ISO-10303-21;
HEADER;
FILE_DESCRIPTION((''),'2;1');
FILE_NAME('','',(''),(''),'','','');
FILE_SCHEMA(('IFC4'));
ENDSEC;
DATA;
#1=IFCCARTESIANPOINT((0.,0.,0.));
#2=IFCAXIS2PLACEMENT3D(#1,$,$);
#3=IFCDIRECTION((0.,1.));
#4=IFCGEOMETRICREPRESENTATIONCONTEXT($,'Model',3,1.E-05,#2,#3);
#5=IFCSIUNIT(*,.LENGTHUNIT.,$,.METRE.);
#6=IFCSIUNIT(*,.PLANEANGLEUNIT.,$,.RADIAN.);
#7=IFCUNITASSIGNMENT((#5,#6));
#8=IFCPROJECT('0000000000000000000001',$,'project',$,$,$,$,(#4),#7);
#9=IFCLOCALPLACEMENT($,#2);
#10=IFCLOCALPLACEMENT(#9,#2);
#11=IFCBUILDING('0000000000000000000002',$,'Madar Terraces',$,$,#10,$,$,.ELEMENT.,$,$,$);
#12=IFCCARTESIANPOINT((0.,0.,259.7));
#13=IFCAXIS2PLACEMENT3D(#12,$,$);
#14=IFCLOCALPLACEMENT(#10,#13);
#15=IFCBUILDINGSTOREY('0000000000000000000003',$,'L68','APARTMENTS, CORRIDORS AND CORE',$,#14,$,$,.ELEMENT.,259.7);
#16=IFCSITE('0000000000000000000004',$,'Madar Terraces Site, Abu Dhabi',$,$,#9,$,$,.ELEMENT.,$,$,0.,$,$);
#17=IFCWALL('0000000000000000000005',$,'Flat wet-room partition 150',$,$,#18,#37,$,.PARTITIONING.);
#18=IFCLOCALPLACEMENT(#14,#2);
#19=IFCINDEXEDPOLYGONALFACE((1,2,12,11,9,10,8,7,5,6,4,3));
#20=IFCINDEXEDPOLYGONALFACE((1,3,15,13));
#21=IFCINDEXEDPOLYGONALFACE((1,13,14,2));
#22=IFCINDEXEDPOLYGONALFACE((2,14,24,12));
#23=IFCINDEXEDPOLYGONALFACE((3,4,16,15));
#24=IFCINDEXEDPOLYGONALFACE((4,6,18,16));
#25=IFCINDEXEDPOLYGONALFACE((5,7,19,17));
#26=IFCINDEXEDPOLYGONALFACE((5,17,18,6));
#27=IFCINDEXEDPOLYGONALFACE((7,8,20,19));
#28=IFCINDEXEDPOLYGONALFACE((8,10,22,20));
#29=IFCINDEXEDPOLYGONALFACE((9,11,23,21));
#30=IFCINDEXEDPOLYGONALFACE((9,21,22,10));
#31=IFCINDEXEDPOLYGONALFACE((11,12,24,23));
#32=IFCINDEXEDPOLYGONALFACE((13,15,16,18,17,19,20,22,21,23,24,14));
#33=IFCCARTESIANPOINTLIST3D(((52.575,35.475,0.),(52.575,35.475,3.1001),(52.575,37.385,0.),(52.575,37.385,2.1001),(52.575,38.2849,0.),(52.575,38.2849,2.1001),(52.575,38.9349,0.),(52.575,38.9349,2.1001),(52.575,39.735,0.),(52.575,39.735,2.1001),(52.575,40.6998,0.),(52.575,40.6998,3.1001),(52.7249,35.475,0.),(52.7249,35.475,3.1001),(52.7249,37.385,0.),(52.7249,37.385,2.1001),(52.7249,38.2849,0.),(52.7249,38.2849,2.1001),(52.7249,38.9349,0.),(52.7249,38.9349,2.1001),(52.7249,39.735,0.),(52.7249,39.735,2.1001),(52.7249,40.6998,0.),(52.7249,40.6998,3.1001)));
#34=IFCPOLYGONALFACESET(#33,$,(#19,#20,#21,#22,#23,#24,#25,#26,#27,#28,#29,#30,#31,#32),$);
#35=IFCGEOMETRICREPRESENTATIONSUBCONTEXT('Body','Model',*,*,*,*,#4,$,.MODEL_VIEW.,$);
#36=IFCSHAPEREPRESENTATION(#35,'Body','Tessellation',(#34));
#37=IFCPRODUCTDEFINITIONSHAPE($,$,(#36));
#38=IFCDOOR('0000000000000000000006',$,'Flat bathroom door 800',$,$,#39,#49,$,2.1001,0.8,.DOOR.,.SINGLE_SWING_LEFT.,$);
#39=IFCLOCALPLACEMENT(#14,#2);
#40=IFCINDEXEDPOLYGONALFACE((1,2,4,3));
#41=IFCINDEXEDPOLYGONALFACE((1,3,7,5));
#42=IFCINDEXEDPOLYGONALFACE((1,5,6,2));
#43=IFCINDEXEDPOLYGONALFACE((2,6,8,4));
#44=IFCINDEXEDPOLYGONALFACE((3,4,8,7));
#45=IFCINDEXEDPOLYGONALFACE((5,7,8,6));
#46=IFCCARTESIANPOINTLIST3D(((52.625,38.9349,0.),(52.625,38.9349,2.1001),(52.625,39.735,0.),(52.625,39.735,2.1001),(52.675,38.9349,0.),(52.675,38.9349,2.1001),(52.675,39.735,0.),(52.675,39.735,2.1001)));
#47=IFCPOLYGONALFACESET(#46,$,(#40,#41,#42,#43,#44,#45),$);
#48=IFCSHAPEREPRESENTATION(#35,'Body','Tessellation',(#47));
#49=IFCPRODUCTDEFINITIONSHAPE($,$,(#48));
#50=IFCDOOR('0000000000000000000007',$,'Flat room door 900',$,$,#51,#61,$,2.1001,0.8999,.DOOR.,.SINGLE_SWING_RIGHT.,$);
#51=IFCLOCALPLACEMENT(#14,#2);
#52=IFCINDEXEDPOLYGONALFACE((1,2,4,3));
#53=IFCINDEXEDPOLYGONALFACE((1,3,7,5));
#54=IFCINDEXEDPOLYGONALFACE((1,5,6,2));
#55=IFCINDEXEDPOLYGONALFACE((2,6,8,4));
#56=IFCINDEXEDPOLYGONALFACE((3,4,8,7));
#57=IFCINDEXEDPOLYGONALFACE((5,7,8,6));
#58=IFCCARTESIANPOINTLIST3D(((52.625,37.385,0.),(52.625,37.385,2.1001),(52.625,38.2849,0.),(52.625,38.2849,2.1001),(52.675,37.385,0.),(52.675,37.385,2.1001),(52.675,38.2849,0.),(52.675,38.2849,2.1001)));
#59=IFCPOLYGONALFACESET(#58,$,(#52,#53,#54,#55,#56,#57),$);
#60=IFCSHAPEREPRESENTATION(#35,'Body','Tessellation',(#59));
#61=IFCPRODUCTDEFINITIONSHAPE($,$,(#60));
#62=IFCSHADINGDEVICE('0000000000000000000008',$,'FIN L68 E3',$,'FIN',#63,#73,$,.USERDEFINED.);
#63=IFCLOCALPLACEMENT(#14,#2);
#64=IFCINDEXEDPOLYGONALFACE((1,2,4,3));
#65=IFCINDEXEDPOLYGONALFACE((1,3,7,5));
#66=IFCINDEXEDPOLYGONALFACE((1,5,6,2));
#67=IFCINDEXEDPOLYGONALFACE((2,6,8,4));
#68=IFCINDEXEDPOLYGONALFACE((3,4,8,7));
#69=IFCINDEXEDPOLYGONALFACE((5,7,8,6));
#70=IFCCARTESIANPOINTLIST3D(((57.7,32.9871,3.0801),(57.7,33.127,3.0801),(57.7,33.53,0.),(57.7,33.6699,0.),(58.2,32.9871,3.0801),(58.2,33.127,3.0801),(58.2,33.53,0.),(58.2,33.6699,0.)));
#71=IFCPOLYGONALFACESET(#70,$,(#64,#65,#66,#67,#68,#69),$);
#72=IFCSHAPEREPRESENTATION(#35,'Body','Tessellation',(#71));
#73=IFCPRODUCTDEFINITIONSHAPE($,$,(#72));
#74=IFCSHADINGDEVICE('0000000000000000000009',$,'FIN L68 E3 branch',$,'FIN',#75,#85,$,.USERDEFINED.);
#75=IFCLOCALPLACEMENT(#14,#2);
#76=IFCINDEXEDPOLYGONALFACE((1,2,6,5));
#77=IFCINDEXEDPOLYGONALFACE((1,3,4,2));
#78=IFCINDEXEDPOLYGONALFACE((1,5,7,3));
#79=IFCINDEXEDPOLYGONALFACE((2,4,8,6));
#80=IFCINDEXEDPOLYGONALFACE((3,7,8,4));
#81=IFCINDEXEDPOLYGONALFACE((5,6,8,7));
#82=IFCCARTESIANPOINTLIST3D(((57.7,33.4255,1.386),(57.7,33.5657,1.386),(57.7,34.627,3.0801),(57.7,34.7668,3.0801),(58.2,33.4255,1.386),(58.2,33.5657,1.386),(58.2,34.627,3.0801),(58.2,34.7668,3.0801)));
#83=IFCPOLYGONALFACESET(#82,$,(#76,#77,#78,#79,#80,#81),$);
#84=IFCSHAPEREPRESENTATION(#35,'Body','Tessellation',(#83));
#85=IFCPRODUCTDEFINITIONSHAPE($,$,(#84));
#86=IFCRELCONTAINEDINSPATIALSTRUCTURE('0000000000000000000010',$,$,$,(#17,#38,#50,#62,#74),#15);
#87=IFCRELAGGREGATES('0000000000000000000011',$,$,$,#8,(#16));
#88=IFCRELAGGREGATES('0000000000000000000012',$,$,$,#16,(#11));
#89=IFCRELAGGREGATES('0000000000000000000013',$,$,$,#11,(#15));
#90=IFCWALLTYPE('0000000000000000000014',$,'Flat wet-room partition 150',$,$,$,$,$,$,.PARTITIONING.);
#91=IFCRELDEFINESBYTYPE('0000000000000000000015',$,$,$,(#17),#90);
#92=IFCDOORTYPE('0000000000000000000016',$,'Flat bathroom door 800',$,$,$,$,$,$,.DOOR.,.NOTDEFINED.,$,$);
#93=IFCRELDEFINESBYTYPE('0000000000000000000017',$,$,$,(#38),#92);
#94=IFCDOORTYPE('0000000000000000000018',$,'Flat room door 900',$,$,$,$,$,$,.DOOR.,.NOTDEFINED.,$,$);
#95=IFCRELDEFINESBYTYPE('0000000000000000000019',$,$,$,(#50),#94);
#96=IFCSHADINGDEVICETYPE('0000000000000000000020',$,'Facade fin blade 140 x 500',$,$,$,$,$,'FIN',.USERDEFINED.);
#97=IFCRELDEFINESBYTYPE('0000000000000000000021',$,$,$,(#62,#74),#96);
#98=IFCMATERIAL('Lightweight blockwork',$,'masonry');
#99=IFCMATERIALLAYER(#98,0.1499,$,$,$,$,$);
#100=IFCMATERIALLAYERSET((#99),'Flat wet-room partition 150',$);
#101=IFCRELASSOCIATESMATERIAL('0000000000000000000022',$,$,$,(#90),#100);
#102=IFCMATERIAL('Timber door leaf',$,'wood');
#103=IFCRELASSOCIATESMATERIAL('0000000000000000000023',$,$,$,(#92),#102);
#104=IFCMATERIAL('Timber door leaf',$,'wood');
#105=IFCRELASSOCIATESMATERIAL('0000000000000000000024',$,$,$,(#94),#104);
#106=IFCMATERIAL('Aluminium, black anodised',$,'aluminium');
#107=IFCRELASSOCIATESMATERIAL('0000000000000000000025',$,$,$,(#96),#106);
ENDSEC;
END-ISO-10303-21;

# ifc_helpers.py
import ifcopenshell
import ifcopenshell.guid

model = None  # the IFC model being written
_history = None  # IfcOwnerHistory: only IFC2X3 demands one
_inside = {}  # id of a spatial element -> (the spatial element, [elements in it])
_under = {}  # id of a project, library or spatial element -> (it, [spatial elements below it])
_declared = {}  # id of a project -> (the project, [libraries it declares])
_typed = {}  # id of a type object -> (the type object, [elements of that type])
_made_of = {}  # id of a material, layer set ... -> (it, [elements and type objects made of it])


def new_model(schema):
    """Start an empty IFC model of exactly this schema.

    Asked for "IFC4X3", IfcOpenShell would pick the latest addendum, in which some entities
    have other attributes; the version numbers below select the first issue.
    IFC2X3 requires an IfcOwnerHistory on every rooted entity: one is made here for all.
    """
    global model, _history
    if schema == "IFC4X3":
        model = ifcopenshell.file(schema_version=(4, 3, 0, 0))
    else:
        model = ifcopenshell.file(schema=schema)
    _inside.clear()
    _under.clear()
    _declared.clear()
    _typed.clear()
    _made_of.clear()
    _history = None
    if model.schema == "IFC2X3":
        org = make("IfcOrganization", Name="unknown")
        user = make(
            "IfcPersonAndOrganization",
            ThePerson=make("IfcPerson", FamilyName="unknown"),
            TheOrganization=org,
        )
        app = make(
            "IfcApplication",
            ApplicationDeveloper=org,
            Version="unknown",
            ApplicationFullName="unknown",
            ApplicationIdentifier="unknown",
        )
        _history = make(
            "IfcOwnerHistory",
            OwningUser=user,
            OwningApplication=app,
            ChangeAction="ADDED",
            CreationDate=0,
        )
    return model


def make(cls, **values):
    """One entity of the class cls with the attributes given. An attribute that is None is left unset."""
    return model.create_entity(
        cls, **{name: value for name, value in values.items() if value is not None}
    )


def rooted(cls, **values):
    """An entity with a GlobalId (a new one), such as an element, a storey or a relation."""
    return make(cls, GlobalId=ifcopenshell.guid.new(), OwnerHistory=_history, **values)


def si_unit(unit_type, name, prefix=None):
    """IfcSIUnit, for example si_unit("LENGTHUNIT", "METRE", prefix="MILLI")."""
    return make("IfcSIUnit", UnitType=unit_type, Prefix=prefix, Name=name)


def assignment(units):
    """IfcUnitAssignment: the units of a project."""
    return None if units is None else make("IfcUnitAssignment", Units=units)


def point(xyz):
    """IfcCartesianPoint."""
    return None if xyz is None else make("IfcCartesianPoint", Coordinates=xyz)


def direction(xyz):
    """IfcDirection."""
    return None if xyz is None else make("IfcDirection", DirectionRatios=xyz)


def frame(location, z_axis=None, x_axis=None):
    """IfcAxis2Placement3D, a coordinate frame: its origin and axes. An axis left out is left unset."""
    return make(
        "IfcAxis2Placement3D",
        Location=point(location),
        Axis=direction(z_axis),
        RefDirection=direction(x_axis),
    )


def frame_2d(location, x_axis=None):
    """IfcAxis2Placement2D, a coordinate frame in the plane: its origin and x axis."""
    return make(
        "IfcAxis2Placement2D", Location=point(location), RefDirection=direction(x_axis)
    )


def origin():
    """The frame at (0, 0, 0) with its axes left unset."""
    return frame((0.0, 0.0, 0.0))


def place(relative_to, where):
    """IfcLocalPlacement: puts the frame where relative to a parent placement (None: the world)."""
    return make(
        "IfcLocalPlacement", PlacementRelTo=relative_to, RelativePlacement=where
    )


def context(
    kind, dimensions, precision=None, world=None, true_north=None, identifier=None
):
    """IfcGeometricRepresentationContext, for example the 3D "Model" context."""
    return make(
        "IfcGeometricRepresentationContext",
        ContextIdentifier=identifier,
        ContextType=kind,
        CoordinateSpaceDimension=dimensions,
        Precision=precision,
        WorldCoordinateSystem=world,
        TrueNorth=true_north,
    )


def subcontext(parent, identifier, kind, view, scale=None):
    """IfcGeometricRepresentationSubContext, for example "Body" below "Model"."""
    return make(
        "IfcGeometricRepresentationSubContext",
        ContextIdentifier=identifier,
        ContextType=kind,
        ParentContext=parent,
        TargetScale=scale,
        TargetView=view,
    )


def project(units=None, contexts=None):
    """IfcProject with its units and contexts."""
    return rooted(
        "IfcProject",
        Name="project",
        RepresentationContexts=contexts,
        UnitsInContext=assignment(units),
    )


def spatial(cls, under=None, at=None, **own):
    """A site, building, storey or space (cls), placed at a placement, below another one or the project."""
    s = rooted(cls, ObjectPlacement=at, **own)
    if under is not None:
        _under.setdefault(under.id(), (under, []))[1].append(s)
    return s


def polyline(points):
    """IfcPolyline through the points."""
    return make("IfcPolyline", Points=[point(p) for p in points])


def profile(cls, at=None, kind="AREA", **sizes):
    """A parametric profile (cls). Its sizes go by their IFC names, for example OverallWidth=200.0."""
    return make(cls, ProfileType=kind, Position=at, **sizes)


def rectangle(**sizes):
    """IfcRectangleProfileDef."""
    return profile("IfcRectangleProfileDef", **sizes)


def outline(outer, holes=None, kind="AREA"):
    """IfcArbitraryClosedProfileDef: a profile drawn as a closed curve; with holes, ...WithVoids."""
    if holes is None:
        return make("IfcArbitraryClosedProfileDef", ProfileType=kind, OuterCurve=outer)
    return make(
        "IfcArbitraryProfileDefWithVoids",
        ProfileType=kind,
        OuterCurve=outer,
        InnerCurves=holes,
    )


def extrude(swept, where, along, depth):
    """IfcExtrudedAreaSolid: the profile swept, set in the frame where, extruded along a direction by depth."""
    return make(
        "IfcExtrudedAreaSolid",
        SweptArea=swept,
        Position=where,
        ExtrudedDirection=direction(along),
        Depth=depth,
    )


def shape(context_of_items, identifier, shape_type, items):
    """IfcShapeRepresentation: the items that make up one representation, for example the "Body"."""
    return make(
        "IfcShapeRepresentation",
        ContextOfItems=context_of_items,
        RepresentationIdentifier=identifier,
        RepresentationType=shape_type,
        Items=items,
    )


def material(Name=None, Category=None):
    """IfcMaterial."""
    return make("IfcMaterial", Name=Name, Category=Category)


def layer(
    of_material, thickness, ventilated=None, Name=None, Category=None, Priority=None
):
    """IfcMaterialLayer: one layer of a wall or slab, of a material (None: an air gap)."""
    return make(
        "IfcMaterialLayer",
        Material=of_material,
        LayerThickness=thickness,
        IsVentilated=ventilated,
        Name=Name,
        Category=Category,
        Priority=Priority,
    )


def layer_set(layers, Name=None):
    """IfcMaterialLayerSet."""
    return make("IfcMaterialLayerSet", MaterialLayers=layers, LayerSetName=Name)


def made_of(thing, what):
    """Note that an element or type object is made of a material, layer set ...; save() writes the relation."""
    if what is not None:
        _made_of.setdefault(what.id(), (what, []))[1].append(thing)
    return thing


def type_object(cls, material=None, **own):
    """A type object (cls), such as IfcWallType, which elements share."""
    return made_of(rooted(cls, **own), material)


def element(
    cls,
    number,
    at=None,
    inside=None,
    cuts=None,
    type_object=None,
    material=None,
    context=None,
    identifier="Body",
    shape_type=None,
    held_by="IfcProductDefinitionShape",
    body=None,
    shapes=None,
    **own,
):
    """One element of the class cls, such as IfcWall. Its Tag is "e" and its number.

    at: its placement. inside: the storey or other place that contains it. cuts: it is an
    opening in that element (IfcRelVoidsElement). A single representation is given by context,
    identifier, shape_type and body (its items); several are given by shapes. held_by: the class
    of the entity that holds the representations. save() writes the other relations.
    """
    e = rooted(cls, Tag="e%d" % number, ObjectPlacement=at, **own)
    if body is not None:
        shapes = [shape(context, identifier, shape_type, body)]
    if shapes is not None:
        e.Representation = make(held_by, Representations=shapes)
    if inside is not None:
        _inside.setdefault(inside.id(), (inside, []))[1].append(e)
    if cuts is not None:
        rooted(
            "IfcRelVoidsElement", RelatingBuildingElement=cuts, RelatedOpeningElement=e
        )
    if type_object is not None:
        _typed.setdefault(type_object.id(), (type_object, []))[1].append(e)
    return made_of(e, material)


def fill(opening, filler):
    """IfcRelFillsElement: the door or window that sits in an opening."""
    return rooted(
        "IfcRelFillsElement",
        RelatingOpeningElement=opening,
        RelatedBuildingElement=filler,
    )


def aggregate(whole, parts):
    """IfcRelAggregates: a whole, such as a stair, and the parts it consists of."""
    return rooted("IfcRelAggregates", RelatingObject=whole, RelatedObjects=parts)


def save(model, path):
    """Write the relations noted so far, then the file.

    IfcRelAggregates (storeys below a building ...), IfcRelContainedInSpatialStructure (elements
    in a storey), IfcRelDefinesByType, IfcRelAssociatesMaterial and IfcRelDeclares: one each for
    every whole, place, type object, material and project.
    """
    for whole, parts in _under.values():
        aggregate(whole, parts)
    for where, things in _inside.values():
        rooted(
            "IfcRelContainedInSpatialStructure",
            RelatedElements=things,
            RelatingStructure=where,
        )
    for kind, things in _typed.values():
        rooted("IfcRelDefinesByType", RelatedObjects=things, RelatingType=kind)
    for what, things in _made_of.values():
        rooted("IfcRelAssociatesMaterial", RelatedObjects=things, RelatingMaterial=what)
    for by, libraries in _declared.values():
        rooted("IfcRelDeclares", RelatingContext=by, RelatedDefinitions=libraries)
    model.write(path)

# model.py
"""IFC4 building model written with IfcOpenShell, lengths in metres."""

from ifc_helpers import new_model, si_unit, direction, frame, frame_2d, origin, place, context, subcontext, project, spatial, polyline, rectangle, outline, extrude, material, layer, layer_set, type_object, element, fill, save


model = new_model("IFC4")

# Units and contexts
model_context = context("Model", 3, precision=1e-05, world=origin(), true_north=direction((0.0, 1.0)))
body_context = subcontext(model_context, "Body", "Model", "MODEL_VIEW")
ifc_project = project(units=[si_unit("LENGTHUNIT", "METRE"), si_unit("PLANEANGLEUNIT", "RADIAN")], contexts=[model_context])

# Site, building, storey
site_placement = place(None, origin())
site = spatial("IfcSite", under=ifc_project, at=site_placement, Name="Madar Terraces Site, Abu Dhabi", CompositionType="ELEMENT", RefElevation=0.0)
building_placement = place(site_placement, origin())
building = spatial("IfcBuilding", under=site, at=building_placement, Name="Madar Terraces", CompositionType="ELEMENT")
storey_placement = place(building_placement, frame((0.0, 0.0, 259.7)))
storey = spatial("IfcBuildingStorey", under=building, at=storey_placement, Name="L68", Description="APARTMENTS, CORRIDORS AND CORE", CompositionType="ELEMENT", Elevation=259.7)

# Shared definitions
ifc_material_1 = material(Name="Lightweight blockwork", Category="masonry")
ifc_layer_1 = layer(ifc_material_1, 0.1499)
ifc_layer_set_1 = layer_set([ifc_layer_1], Name="Flat wet-room partition 150")
wall_type_1 = type_object("IfcWallType", Name="Flat wet-room partition 150", PredefinedType="PARTITIONING", material=ifc_layer_set_1)

# Shared definitions
ifc_material_2 = material(Name="Timber door leaf", Category="wood")
door_type_1 = type_object("IfcDoorType", Name="Flat bathroom door 800", OperationType="NOTDEFINED", PredefinedType="DOOR", material=ifc_material_2)
ifc_material_3 = material(Name="Timber door leaf", Category="wood")
door_type_2 = type_object("IfcDoorType", Name="Flat room door 900", OperationType="NOTDEFINED", PredefinedType="DOOR", material=ifc_material_3)

# Wall, openings, doors
wall_1_placement = place(storey_placement, frame((52.6499, 35.4751, 0.0), z_axis=(0.0, 0.0, 1.0), x_axis=(0.0, 1.0, 0.0)))
wall_1 = element("IfcWall", 1, at=wall_1_placement, inside=storey, type_object=wall_type_1, Name="Flat wet-room partition 150", PredefinedType="PARTITIONING", context=body_context, shape_type="SweptSolid", body=[
    extrude(rectangle(XDim=5.2249, YDim=0.1499, at=frame_2d((2.6123, 0.0))), origin(), (0.0, 0.0, 1.0), 3.1001),
])
opening_1_placement = place(wall_1_placement, frame((1.9099, 0.0, 0.0)))
opening_1 = element("IfcOpeningElement", 2, at=opening_1_placement, cuts=wall_1, PredefinedType="OPENING", context=body_context, shape_type="SweptSolid", body=[
    extrude(rectangle(XDim=0.8999, YDim=2.1001, at=frame_2d((0.45, 1.05))), frame((0.0, 0.085, 0.0), z_axis=(0.0, -1.0, 0.0), x_axis=(1.0, 0.0, 0.0)), (0.0, 0.0, 1.0), 0.1699),
])
opening_2_placement = place(wall_1_placement, frame((3.46, 0.0, 0.0)))
opening_2 = element("IfcOpeningElement", 3, at=opening_2_placement, cuts=wall_1, PredefinedType="OPENING", context=body_context, shape_type="SweptSolid", body=[
    extrude(rectangle(XDim=0.8, YDim=2.1001, at=frame_2d((0.3999, 1.05))), frame((0.0, 0.085, 0.0), z_axis=(0.0, -1.0, 0.0), x_axis=(1.0, 0.0, 0.0)), (0.0, 0.0, 1.0), 0.1699),
])
door_1_placement = place(opening_2_placement, origin())
door_1 = element("IfcDoor", 4, at=door_1_placement, inside=storey, type_object=door_type_1, Name="Flat bathroom door 800", OperationType="SINGLE_SWING_LEFT", OverallHeight=2.1001, OverallWidth=0.8, PredefinedType="DOOR", context=body_context, shape_type="SweptSolid", body=[
    extrude(rectangle(XDim=0.8, YDim=2.1001, at=frame_2d((0.3999, 1.05))), frame((0.0, 0.0249, 0.0), z_axis=(0.0, -1.0, 0.0), x_axis=(1.0, 0.0, 0.0)), (0.0, 0.0, 1.0), 0.05),
])
fill(opening_2, door_1)
door_2_placement = place(opening_1_placement, origin())
door_2 = element("IfcDoor", 5, at=door_2_placement, inside=storey, type_object=door_type_2, Name="Flat room door 900", OperationType="SINGLE_SWING_RIGHT", OverallHeight=2.1001, OverallWidth=0.8999, PredefinedType="DOOR", context=body_context, shape_type="SweptSolid", body=[
    extrude(rectangle(XDim=0.8999, YDim=2.1001, at=frame_2d((0.45, 1.05))), frame((0.0, 0.0249, 0.0), z_axis=(0.0, -1.0, 0.0), x_axis=(1.0, 0.0, 0.0)), (0.0, 0.0, 1.0), 0.05),
])
fill(opening_1, door_2)

# Shading devices
ifc_material_4 = material(Name="Aluminium, black anodised", Category="aluminium")
shading_device_type = type_object("IfcShadingDeviceType", Name="Facade fin blade 140 x 500", ElementType="FIN", PredefinedType="USERDEFINED", material=ifc_material_4)
shading_device_1_placement = place(storey_placement, frame((57.95, 33.53, 0.0), z_axis=(0.0, 0.0, 1.0), x_axis=(0.0, 1.0, 0.0)))
element("IfcShadingDevice", 6, at=shading_device_1_placement, inside=storey, type_object=shading_device_type, Name="FIN L68 E3", ObjectType="FIN", PredefinedType="USERDEFINED", context=body_context, shape_type="SweptSolid", body=[
    extrude(outline(polyline([(0.0, 0.0), (0.1399, 0.0), (-0.4031, 3.0801), (-0.543, 3.0801), (0.0, 0.0)])), frame((0.0, 0.25, 0.0), z_axis=(0.0, -1.0, 0.0), x_axis=(1.0, 0.0, 0.0)), (0.0, 0.0, 1.0), 0.5),
])
shading_device_2_placement = place(storey_placement, frame((57.95, 33.4255, 1.386), z_axis=(0.0, 0.0, 1.0), x_axis=(0.0, 1.0, 0.0)))
element("IfcShadingDevice", 7, at=shading_device_2_placement, inside=storey, type_object=shading_device_type, Name="FIN L68 E3 branch", ObjectType="FIN", PredefinedType="USERDEFINED", context=body_context, shape_type="SweptSolid", body=[
    extrude(outline(polyline([(0.0, 0.0), (0.1401, 0.0), (1.3413, 1.6941), (1.2014, 1.6941), (0.0, 0.0)])), frame((0.0, 0.25, 0.0), z_axis=(0.0, -1.0, 0.0), x_axis=(1.0, 0.0, 0.0)), (0.0, 0.0, 1.0), 0.5),
])

save(model, "model.ifc")
